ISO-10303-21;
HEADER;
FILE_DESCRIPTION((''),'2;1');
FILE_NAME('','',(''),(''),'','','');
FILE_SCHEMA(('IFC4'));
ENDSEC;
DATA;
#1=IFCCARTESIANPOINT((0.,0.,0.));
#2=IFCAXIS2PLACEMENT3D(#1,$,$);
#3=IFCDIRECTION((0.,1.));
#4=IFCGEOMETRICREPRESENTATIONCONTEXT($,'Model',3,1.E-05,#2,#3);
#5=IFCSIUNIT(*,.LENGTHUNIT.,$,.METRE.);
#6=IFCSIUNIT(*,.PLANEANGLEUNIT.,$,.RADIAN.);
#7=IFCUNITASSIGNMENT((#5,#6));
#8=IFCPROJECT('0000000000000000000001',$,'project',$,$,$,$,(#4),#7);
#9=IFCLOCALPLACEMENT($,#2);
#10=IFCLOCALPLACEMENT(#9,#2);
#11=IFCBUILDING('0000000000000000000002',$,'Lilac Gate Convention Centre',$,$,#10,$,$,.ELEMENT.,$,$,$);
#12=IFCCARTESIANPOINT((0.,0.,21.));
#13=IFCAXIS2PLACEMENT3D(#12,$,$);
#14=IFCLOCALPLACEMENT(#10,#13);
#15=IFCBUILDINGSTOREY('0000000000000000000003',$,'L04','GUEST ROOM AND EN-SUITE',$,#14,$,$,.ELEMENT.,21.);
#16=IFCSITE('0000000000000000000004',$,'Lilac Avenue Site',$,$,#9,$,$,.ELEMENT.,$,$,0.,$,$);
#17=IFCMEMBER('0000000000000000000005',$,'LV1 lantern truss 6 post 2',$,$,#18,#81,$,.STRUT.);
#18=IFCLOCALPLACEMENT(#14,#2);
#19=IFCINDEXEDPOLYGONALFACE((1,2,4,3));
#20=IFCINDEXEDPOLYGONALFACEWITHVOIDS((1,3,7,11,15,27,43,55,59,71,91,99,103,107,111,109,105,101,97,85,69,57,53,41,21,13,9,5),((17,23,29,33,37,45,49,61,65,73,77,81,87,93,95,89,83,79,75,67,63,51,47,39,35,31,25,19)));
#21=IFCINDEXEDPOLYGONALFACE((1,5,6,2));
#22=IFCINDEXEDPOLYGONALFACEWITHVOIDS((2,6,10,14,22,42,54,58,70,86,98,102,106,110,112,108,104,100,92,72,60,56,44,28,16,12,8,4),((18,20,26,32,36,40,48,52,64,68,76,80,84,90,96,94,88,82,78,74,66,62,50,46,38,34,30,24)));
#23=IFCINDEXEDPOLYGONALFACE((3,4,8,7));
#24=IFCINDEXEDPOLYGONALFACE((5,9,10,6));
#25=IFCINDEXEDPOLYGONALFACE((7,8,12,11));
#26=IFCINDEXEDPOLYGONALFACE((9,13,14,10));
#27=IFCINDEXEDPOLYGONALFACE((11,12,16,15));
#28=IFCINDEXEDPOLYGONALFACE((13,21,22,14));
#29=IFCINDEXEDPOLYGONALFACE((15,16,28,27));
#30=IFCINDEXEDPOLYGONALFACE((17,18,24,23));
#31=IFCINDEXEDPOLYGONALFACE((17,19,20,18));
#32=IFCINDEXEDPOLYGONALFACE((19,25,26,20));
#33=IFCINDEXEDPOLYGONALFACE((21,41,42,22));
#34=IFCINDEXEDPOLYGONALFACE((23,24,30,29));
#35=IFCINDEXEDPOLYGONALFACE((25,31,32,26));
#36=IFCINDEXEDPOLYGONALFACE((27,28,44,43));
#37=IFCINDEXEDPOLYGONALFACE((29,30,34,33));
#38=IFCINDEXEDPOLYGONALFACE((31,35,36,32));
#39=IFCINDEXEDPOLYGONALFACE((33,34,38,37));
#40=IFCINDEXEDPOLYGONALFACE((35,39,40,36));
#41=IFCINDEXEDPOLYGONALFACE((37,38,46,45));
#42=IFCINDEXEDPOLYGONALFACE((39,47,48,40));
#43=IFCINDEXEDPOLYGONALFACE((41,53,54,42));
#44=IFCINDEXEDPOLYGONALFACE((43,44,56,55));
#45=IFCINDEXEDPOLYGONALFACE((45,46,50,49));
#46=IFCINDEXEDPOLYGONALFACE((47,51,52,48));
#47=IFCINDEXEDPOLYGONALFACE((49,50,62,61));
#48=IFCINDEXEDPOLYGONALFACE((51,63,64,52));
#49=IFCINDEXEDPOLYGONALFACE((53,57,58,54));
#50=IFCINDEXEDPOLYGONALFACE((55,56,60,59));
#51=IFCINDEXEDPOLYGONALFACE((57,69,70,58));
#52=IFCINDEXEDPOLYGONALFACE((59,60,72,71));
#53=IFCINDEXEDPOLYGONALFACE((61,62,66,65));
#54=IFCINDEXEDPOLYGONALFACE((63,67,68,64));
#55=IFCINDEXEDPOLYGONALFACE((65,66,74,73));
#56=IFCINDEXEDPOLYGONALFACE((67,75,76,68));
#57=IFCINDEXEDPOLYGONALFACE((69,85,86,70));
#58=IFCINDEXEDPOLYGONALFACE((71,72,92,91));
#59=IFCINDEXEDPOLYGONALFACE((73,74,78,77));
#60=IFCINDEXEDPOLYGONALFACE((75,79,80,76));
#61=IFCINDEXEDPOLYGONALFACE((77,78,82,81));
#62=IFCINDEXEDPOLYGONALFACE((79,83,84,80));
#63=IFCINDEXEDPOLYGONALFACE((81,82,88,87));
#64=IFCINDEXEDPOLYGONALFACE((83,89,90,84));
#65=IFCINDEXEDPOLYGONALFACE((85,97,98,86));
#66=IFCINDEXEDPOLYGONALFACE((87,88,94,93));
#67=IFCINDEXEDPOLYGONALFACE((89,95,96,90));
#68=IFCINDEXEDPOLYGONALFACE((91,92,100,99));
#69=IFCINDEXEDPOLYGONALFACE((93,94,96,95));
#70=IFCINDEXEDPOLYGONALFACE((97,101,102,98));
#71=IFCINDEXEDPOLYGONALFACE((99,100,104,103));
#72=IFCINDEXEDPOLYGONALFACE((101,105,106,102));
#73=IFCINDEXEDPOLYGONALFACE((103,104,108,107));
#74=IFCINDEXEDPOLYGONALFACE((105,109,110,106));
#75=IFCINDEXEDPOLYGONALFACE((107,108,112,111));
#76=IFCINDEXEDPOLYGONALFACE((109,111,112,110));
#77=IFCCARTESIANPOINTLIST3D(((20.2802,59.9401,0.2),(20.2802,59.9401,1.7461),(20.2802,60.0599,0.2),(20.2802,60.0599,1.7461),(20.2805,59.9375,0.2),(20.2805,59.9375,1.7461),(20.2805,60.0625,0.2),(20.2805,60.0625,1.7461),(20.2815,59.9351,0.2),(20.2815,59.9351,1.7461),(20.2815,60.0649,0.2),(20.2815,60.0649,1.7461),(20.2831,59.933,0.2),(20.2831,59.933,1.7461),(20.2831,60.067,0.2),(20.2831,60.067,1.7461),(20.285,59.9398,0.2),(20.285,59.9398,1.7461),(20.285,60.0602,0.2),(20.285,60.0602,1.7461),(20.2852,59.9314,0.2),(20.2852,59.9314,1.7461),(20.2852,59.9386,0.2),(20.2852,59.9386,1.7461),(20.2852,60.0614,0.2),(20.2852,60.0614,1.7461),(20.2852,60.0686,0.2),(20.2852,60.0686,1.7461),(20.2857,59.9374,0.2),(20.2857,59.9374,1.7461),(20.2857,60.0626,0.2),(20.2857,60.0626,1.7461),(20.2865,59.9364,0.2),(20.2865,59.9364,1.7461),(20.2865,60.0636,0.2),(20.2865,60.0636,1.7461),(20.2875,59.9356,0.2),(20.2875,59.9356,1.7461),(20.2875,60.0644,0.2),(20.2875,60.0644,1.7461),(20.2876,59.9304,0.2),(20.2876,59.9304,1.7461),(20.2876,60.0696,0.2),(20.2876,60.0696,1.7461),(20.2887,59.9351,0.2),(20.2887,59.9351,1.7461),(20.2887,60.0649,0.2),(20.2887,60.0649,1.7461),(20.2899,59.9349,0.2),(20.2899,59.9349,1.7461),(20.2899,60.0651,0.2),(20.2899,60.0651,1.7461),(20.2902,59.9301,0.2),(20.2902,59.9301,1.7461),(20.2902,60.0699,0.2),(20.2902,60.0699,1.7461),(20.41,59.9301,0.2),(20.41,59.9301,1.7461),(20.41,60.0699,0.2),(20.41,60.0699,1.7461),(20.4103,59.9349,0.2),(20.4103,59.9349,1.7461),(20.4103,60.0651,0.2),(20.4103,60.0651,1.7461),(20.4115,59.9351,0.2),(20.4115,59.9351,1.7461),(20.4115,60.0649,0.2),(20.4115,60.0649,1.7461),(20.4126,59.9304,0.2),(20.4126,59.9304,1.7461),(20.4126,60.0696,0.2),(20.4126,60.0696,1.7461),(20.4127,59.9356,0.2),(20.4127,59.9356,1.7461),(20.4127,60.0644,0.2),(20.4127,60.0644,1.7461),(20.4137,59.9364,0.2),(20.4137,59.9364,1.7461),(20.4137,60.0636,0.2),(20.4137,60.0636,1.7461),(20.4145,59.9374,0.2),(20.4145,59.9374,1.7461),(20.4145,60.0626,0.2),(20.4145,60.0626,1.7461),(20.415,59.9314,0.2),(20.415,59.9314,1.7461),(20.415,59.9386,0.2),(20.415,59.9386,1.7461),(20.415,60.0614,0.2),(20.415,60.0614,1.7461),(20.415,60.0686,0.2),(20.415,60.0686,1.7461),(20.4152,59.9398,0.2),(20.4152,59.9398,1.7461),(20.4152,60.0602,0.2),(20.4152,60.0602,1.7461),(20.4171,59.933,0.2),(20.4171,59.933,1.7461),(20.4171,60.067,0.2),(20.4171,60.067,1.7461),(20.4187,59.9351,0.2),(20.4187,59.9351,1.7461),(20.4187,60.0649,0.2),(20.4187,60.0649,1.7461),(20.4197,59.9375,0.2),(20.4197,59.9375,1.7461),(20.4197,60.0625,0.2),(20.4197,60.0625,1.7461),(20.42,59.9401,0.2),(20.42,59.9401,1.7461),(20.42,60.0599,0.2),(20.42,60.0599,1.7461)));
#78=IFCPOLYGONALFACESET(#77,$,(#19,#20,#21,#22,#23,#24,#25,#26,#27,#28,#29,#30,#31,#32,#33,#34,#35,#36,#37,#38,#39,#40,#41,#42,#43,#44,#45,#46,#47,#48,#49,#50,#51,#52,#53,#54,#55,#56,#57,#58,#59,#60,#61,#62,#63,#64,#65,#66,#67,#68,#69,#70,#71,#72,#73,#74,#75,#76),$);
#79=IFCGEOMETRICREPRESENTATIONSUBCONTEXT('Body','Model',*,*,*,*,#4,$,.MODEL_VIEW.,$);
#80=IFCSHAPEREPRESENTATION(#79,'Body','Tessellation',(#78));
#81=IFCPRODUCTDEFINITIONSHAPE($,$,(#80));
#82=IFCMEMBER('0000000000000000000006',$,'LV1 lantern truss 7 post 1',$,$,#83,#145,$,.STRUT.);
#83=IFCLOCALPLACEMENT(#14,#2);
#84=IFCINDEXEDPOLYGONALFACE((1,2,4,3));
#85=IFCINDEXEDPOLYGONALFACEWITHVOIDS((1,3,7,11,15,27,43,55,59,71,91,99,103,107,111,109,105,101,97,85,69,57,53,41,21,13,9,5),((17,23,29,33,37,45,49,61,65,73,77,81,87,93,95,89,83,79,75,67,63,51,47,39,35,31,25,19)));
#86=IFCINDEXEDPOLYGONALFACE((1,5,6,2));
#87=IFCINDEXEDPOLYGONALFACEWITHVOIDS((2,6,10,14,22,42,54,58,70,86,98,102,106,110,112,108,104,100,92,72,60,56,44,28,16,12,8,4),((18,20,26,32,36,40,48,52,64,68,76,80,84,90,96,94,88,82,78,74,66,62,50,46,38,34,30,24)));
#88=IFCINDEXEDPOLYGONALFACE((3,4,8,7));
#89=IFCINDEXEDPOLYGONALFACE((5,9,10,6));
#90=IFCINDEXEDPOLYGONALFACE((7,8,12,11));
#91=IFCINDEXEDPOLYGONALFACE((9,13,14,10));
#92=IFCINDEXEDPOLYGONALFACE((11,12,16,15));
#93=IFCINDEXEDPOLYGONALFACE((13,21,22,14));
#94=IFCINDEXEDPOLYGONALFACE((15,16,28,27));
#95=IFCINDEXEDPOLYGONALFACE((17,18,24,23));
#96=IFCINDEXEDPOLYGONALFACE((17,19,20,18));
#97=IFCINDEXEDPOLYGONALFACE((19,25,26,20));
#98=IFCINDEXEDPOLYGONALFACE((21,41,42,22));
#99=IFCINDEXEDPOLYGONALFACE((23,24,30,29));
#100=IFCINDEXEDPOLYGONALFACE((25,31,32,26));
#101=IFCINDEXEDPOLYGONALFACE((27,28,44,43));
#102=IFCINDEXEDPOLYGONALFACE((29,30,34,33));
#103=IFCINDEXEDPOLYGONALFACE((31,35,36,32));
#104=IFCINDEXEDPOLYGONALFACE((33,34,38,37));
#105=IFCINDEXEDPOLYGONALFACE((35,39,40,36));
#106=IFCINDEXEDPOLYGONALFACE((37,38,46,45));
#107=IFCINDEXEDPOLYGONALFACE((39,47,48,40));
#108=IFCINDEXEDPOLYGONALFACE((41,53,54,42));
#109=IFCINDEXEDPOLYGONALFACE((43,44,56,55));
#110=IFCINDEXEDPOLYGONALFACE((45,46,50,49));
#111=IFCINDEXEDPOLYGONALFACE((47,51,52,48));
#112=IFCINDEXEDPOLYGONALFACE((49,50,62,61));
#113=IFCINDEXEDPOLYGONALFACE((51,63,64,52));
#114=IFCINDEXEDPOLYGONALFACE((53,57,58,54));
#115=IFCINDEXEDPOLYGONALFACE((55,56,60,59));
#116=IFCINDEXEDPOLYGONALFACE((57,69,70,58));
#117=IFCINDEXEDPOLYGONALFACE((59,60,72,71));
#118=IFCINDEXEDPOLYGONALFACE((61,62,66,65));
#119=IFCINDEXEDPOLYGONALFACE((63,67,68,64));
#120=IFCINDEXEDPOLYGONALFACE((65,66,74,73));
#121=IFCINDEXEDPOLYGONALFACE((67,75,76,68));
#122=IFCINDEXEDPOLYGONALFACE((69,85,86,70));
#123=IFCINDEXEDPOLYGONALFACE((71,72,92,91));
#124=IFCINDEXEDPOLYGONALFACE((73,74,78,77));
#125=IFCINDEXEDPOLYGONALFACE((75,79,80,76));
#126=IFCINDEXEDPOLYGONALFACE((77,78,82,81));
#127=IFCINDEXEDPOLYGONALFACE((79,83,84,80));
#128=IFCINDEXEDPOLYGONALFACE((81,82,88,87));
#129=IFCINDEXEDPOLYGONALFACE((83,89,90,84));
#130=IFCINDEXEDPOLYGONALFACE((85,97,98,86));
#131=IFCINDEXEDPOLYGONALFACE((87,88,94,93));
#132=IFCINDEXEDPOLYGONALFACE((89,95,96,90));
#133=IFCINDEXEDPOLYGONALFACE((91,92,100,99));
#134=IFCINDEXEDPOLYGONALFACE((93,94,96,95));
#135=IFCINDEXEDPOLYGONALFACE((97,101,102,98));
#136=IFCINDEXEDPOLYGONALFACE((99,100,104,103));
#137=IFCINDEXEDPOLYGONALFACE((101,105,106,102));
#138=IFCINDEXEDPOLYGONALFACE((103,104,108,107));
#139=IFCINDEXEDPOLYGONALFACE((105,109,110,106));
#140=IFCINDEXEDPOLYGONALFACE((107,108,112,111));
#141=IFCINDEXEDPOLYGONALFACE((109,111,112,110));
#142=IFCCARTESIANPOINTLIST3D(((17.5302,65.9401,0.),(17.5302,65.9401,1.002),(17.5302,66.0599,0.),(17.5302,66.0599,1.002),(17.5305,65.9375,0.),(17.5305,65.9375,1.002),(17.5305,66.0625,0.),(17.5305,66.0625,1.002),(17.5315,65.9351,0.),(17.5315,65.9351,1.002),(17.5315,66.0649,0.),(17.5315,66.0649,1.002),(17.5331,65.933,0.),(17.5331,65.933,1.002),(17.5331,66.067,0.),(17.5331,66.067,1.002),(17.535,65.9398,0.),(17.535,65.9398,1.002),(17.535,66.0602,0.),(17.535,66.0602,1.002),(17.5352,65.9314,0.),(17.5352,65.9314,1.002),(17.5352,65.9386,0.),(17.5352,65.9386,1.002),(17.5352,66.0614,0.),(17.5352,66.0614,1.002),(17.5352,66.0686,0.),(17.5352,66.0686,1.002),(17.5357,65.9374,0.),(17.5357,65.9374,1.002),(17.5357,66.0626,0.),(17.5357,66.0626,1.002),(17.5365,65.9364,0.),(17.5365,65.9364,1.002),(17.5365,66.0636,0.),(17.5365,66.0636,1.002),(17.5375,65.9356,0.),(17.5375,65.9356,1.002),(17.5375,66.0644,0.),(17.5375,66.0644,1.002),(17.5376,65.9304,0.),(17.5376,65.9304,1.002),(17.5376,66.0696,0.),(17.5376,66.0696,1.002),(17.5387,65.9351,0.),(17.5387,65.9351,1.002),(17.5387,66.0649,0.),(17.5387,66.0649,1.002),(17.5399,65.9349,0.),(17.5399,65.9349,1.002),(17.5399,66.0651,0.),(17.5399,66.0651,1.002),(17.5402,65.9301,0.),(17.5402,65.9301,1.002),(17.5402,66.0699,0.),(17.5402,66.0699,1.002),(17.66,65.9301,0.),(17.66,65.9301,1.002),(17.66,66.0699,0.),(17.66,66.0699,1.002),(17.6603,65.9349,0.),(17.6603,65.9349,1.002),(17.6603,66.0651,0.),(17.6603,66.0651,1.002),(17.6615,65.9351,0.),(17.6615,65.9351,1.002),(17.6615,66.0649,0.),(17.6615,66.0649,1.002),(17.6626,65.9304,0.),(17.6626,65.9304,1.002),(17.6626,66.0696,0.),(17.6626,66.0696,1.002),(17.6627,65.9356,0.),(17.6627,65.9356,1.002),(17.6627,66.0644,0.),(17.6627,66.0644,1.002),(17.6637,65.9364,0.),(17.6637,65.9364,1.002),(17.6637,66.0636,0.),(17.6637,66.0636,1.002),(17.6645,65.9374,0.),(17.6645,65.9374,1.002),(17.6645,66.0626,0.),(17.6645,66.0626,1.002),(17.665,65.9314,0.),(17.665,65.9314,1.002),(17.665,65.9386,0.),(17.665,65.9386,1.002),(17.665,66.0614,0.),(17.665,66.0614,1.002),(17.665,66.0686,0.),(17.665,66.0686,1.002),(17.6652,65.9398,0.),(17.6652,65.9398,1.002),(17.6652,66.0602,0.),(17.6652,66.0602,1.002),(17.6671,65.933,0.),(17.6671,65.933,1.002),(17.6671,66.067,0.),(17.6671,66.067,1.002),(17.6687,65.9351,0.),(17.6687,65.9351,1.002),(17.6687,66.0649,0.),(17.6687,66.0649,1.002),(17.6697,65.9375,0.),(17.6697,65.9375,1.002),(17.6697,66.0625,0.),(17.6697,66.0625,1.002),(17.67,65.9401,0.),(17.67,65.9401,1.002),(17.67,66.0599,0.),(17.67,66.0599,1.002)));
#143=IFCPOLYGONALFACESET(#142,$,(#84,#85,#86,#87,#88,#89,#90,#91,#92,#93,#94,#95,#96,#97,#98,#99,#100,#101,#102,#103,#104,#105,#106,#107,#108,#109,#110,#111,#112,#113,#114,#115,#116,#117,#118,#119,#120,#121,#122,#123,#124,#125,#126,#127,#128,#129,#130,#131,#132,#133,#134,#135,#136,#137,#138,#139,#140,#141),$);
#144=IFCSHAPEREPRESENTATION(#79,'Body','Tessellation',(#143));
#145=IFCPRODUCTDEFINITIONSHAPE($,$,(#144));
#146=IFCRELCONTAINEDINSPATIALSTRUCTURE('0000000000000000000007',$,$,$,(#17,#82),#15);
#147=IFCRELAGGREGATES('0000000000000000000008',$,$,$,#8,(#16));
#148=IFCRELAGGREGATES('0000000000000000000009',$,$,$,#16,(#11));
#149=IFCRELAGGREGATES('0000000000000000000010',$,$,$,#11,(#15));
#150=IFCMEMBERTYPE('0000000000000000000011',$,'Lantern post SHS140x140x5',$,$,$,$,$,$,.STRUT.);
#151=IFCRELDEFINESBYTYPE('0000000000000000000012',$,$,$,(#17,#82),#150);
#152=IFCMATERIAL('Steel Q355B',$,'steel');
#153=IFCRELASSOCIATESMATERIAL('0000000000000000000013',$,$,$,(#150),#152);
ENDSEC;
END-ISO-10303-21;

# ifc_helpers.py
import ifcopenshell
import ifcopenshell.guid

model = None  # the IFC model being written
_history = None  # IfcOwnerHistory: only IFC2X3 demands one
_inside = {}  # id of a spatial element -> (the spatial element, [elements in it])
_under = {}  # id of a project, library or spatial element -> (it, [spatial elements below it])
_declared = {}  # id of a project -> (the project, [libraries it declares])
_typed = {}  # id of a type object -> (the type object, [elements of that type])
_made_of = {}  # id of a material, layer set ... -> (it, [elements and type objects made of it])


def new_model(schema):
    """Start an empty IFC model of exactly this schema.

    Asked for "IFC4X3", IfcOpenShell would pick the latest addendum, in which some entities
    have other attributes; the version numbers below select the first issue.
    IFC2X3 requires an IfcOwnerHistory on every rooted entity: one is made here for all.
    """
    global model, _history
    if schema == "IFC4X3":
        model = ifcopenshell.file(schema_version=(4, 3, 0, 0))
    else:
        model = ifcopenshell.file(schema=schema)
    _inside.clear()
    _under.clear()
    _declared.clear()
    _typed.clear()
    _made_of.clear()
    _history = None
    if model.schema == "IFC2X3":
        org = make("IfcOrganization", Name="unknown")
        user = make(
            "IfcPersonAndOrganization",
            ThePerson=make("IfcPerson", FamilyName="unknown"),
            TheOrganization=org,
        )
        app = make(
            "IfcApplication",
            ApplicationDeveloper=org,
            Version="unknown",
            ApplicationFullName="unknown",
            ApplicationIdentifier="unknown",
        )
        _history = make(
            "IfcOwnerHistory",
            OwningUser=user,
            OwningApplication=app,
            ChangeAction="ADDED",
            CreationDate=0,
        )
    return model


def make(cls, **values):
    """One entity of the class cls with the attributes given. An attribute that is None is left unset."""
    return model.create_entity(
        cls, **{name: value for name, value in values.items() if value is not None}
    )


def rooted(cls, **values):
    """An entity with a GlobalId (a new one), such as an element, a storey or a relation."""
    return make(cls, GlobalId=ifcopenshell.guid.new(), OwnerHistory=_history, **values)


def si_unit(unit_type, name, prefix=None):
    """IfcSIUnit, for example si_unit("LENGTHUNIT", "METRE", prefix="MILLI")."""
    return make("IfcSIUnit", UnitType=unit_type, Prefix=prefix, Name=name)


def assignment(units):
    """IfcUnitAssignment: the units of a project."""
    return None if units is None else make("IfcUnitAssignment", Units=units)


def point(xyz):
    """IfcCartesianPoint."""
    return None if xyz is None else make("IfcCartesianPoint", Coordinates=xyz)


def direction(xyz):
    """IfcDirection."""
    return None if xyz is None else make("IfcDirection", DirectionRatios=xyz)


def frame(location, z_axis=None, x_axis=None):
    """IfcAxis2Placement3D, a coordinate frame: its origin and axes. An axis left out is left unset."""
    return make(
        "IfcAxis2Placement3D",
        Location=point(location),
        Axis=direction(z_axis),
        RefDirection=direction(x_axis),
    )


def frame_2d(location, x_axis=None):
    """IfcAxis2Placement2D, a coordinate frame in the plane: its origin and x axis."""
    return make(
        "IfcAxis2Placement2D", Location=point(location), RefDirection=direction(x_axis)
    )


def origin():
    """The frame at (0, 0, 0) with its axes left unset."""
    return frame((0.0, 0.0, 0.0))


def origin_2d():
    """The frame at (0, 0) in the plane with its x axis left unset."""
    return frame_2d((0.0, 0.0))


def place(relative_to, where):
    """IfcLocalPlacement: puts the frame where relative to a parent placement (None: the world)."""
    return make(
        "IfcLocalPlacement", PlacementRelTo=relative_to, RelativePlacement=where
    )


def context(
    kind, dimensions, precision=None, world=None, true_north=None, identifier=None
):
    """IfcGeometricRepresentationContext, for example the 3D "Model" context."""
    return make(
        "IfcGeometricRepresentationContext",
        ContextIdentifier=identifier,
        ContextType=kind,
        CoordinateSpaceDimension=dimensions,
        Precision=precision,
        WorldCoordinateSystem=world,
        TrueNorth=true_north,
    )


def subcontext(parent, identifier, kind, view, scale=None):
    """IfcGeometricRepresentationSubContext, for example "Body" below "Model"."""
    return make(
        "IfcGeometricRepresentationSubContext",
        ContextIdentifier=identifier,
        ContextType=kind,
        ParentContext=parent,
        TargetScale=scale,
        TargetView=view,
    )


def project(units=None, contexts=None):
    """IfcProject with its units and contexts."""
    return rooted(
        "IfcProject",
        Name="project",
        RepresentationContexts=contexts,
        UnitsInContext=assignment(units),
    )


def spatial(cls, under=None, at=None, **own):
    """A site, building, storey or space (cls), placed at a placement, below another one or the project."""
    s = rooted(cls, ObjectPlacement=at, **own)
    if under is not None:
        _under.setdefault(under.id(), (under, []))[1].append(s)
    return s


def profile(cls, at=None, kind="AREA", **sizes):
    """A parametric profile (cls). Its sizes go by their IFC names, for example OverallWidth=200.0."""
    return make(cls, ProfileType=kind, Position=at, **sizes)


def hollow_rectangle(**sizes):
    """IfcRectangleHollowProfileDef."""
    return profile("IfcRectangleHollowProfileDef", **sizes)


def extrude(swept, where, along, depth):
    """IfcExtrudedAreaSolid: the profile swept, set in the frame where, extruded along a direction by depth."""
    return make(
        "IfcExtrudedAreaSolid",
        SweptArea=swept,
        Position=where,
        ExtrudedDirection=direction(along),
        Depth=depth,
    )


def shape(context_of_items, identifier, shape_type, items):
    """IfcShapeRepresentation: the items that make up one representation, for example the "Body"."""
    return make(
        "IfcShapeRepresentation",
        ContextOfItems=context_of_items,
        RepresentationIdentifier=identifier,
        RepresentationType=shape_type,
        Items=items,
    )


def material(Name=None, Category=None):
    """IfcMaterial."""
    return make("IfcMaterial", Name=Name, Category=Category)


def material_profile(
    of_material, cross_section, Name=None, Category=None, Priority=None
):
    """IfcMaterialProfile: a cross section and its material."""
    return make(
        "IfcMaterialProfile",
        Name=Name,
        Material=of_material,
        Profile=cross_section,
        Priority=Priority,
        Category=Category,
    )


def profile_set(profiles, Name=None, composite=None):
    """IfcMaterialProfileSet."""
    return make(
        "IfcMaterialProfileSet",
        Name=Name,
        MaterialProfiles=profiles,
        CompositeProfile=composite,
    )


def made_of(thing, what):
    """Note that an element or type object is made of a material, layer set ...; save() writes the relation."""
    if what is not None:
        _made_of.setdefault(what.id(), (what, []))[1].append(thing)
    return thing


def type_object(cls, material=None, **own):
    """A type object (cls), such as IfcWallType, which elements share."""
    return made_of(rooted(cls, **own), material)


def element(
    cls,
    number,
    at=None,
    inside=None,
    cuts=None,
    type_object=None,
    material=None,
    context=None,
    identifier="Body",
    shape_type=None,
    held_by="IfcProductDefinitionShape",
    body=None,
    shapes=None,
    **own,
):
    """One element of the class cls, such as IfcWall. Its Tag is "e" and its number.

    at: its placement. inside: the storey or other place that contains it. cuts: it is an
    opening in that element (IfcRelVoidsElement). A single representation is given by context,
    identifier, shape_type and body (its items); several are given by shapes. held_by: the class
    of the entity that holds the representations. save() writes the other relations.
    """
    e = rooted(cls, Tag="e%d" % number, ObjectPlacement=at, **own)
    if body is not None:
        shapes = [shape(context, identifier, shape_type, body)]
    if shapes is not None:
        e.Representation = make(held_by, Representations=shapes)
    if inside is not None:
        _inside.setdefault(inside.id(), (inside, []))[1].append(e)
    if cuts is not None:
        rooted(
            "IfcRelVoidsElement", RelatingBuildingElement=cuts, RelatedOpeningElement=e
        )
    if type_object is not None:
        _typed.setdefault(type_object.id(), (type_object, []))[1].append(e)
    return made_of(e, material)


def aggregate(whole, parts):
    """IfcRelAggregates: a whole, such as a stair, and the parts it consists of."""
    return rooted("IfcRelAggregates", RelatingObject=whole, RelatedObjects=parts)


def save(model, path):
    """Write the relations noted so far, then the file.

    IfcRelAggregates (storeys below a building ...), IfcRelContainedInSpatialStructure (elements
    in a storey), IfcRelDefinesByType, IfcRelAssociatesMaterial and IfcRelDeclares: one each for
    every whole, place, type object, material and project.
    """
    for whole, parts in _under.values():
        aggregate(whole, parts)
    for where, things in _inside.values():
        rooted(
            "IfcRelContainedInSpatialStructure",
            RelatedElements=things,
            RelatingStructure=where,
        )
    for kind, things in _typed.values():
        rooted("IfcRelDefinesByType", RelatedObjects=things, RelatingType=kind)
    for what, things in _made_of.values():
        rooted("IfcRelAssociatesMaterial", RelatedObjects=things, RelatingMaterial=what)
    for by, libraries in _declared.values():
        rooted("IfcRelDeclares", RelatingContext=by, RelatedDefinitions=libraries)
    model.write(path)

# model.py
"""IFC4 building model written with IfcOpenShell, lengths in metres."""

from ifc_helpers import new_model, si_unit, direction, frame, origin, origin_2d, place, context, subcontext, project, spatial, hollow_rectangle, extrude, material, material_profile, profile_set, type_object, element, save


model = new_model("IFC4")

# Units and contexts
model_context = context("Model", 3, precision=1e-05, world=origin(), true_north=direction((0.0, 1.0)))
body_context = subcontext(model_context, "Body", "Model", "MODEL_VIEW")
ifc_project = project(units=[si_unit("LENGTHUNIT", "METRE"), si_unit("PLANEANGLEUNIT", "RADIAN")], contexts=[model_context])

# Site, building, storey
site_placement = place(None, origin())
site = spatial("IfcSite", under=ifc_project, at=site_placement, Name="Lilac Avenue Site", CompositionType="ELEMENT", RefElevation=0.0)
building_placement = place(site_placement, origin())
building = spatial("IfcBuilding", under=site, at=building_placement, Name="Lilac Gate Convention Centre", CompositionType="ELEMENT")
storey_placement = place(building_placement, frame((0.0, 0.0, 21.0)))
storey = spatial("IfcBuildingStorey", under=building, at=storey_placement, Name="L04", Description="GUEST ROOM AND EN-SUITE", CompositionType="ELEMENT", Elevation=21.0)

# Members
ifc_material_1 = material(Name="Steel Q355B", Category="steel")
ifc_material_profile_1 = material_profile(ifc_material_1, hollow_rectangle(XDim=0.1399, YDim=0.1399, WallThickness=0.0049, InnerFilletRadius=0.0049, OuterFilletRadius=0.01, at=origin_2d()), Name="SHS140x140x5")
ifc_profile_set_1 = profile_set([ifc_material_profile_1], Name="Steel Q355B")
member_type_1 = type_object("IfcMemberType", Name="Lantern post SHS140x140x5", PredefinedType="STRUT", material=ifc_profile_set_1)
member_1_placement = place(storey_placement, frame((20.3501, 60.0, 0.2), z_axis=(0.0, 0.0, 1.0), x_axis=(1.0, 0.0, 0.0)))
element("IfcMember", 1, at=member_1_placement, inside=storey, type_object=member_type_1, Name="LV1 lantern truss 6 post 2", PredefinedType="STRUT", context=body_context, shape_type="SweptSolid", body=[
    extrude(hollow_rectangle(XDim=0.1399, YDim=0.1399, WallThickness=0.0049, InnerFilletRadius=0.0049, OuterFilletRadius=0.01, at=origin_2d()), origin(), (0.0, 0.0, 1.0), 1.5461),
])
member_2_placement = place(storey_placement, frame((17.6001, 66.0, 0.0), z_axis=(0.0, 0.0, 1.0), x_axis=(1.0, 0.0, 0.0)))
element("IfcMember", 2, at=member_2_placement, inside=storey, type_object=member_type_1, Name="LV1 lantern truss 7 post 1", PredefinedType="STRUT", context=body_context, shape_type="SweptSolid", body=[
    extrude(hollow_rectangle(XDim=0.1399, YDim=0.1399, WallThickness=0.0049, InnerFilletRadius=0.0049, OuterFilletRadius=0.01, at=origin_2d()), origin(), (0.0, 0.0, 1.0), 1.002),
])

save(model, "model.ifc")
